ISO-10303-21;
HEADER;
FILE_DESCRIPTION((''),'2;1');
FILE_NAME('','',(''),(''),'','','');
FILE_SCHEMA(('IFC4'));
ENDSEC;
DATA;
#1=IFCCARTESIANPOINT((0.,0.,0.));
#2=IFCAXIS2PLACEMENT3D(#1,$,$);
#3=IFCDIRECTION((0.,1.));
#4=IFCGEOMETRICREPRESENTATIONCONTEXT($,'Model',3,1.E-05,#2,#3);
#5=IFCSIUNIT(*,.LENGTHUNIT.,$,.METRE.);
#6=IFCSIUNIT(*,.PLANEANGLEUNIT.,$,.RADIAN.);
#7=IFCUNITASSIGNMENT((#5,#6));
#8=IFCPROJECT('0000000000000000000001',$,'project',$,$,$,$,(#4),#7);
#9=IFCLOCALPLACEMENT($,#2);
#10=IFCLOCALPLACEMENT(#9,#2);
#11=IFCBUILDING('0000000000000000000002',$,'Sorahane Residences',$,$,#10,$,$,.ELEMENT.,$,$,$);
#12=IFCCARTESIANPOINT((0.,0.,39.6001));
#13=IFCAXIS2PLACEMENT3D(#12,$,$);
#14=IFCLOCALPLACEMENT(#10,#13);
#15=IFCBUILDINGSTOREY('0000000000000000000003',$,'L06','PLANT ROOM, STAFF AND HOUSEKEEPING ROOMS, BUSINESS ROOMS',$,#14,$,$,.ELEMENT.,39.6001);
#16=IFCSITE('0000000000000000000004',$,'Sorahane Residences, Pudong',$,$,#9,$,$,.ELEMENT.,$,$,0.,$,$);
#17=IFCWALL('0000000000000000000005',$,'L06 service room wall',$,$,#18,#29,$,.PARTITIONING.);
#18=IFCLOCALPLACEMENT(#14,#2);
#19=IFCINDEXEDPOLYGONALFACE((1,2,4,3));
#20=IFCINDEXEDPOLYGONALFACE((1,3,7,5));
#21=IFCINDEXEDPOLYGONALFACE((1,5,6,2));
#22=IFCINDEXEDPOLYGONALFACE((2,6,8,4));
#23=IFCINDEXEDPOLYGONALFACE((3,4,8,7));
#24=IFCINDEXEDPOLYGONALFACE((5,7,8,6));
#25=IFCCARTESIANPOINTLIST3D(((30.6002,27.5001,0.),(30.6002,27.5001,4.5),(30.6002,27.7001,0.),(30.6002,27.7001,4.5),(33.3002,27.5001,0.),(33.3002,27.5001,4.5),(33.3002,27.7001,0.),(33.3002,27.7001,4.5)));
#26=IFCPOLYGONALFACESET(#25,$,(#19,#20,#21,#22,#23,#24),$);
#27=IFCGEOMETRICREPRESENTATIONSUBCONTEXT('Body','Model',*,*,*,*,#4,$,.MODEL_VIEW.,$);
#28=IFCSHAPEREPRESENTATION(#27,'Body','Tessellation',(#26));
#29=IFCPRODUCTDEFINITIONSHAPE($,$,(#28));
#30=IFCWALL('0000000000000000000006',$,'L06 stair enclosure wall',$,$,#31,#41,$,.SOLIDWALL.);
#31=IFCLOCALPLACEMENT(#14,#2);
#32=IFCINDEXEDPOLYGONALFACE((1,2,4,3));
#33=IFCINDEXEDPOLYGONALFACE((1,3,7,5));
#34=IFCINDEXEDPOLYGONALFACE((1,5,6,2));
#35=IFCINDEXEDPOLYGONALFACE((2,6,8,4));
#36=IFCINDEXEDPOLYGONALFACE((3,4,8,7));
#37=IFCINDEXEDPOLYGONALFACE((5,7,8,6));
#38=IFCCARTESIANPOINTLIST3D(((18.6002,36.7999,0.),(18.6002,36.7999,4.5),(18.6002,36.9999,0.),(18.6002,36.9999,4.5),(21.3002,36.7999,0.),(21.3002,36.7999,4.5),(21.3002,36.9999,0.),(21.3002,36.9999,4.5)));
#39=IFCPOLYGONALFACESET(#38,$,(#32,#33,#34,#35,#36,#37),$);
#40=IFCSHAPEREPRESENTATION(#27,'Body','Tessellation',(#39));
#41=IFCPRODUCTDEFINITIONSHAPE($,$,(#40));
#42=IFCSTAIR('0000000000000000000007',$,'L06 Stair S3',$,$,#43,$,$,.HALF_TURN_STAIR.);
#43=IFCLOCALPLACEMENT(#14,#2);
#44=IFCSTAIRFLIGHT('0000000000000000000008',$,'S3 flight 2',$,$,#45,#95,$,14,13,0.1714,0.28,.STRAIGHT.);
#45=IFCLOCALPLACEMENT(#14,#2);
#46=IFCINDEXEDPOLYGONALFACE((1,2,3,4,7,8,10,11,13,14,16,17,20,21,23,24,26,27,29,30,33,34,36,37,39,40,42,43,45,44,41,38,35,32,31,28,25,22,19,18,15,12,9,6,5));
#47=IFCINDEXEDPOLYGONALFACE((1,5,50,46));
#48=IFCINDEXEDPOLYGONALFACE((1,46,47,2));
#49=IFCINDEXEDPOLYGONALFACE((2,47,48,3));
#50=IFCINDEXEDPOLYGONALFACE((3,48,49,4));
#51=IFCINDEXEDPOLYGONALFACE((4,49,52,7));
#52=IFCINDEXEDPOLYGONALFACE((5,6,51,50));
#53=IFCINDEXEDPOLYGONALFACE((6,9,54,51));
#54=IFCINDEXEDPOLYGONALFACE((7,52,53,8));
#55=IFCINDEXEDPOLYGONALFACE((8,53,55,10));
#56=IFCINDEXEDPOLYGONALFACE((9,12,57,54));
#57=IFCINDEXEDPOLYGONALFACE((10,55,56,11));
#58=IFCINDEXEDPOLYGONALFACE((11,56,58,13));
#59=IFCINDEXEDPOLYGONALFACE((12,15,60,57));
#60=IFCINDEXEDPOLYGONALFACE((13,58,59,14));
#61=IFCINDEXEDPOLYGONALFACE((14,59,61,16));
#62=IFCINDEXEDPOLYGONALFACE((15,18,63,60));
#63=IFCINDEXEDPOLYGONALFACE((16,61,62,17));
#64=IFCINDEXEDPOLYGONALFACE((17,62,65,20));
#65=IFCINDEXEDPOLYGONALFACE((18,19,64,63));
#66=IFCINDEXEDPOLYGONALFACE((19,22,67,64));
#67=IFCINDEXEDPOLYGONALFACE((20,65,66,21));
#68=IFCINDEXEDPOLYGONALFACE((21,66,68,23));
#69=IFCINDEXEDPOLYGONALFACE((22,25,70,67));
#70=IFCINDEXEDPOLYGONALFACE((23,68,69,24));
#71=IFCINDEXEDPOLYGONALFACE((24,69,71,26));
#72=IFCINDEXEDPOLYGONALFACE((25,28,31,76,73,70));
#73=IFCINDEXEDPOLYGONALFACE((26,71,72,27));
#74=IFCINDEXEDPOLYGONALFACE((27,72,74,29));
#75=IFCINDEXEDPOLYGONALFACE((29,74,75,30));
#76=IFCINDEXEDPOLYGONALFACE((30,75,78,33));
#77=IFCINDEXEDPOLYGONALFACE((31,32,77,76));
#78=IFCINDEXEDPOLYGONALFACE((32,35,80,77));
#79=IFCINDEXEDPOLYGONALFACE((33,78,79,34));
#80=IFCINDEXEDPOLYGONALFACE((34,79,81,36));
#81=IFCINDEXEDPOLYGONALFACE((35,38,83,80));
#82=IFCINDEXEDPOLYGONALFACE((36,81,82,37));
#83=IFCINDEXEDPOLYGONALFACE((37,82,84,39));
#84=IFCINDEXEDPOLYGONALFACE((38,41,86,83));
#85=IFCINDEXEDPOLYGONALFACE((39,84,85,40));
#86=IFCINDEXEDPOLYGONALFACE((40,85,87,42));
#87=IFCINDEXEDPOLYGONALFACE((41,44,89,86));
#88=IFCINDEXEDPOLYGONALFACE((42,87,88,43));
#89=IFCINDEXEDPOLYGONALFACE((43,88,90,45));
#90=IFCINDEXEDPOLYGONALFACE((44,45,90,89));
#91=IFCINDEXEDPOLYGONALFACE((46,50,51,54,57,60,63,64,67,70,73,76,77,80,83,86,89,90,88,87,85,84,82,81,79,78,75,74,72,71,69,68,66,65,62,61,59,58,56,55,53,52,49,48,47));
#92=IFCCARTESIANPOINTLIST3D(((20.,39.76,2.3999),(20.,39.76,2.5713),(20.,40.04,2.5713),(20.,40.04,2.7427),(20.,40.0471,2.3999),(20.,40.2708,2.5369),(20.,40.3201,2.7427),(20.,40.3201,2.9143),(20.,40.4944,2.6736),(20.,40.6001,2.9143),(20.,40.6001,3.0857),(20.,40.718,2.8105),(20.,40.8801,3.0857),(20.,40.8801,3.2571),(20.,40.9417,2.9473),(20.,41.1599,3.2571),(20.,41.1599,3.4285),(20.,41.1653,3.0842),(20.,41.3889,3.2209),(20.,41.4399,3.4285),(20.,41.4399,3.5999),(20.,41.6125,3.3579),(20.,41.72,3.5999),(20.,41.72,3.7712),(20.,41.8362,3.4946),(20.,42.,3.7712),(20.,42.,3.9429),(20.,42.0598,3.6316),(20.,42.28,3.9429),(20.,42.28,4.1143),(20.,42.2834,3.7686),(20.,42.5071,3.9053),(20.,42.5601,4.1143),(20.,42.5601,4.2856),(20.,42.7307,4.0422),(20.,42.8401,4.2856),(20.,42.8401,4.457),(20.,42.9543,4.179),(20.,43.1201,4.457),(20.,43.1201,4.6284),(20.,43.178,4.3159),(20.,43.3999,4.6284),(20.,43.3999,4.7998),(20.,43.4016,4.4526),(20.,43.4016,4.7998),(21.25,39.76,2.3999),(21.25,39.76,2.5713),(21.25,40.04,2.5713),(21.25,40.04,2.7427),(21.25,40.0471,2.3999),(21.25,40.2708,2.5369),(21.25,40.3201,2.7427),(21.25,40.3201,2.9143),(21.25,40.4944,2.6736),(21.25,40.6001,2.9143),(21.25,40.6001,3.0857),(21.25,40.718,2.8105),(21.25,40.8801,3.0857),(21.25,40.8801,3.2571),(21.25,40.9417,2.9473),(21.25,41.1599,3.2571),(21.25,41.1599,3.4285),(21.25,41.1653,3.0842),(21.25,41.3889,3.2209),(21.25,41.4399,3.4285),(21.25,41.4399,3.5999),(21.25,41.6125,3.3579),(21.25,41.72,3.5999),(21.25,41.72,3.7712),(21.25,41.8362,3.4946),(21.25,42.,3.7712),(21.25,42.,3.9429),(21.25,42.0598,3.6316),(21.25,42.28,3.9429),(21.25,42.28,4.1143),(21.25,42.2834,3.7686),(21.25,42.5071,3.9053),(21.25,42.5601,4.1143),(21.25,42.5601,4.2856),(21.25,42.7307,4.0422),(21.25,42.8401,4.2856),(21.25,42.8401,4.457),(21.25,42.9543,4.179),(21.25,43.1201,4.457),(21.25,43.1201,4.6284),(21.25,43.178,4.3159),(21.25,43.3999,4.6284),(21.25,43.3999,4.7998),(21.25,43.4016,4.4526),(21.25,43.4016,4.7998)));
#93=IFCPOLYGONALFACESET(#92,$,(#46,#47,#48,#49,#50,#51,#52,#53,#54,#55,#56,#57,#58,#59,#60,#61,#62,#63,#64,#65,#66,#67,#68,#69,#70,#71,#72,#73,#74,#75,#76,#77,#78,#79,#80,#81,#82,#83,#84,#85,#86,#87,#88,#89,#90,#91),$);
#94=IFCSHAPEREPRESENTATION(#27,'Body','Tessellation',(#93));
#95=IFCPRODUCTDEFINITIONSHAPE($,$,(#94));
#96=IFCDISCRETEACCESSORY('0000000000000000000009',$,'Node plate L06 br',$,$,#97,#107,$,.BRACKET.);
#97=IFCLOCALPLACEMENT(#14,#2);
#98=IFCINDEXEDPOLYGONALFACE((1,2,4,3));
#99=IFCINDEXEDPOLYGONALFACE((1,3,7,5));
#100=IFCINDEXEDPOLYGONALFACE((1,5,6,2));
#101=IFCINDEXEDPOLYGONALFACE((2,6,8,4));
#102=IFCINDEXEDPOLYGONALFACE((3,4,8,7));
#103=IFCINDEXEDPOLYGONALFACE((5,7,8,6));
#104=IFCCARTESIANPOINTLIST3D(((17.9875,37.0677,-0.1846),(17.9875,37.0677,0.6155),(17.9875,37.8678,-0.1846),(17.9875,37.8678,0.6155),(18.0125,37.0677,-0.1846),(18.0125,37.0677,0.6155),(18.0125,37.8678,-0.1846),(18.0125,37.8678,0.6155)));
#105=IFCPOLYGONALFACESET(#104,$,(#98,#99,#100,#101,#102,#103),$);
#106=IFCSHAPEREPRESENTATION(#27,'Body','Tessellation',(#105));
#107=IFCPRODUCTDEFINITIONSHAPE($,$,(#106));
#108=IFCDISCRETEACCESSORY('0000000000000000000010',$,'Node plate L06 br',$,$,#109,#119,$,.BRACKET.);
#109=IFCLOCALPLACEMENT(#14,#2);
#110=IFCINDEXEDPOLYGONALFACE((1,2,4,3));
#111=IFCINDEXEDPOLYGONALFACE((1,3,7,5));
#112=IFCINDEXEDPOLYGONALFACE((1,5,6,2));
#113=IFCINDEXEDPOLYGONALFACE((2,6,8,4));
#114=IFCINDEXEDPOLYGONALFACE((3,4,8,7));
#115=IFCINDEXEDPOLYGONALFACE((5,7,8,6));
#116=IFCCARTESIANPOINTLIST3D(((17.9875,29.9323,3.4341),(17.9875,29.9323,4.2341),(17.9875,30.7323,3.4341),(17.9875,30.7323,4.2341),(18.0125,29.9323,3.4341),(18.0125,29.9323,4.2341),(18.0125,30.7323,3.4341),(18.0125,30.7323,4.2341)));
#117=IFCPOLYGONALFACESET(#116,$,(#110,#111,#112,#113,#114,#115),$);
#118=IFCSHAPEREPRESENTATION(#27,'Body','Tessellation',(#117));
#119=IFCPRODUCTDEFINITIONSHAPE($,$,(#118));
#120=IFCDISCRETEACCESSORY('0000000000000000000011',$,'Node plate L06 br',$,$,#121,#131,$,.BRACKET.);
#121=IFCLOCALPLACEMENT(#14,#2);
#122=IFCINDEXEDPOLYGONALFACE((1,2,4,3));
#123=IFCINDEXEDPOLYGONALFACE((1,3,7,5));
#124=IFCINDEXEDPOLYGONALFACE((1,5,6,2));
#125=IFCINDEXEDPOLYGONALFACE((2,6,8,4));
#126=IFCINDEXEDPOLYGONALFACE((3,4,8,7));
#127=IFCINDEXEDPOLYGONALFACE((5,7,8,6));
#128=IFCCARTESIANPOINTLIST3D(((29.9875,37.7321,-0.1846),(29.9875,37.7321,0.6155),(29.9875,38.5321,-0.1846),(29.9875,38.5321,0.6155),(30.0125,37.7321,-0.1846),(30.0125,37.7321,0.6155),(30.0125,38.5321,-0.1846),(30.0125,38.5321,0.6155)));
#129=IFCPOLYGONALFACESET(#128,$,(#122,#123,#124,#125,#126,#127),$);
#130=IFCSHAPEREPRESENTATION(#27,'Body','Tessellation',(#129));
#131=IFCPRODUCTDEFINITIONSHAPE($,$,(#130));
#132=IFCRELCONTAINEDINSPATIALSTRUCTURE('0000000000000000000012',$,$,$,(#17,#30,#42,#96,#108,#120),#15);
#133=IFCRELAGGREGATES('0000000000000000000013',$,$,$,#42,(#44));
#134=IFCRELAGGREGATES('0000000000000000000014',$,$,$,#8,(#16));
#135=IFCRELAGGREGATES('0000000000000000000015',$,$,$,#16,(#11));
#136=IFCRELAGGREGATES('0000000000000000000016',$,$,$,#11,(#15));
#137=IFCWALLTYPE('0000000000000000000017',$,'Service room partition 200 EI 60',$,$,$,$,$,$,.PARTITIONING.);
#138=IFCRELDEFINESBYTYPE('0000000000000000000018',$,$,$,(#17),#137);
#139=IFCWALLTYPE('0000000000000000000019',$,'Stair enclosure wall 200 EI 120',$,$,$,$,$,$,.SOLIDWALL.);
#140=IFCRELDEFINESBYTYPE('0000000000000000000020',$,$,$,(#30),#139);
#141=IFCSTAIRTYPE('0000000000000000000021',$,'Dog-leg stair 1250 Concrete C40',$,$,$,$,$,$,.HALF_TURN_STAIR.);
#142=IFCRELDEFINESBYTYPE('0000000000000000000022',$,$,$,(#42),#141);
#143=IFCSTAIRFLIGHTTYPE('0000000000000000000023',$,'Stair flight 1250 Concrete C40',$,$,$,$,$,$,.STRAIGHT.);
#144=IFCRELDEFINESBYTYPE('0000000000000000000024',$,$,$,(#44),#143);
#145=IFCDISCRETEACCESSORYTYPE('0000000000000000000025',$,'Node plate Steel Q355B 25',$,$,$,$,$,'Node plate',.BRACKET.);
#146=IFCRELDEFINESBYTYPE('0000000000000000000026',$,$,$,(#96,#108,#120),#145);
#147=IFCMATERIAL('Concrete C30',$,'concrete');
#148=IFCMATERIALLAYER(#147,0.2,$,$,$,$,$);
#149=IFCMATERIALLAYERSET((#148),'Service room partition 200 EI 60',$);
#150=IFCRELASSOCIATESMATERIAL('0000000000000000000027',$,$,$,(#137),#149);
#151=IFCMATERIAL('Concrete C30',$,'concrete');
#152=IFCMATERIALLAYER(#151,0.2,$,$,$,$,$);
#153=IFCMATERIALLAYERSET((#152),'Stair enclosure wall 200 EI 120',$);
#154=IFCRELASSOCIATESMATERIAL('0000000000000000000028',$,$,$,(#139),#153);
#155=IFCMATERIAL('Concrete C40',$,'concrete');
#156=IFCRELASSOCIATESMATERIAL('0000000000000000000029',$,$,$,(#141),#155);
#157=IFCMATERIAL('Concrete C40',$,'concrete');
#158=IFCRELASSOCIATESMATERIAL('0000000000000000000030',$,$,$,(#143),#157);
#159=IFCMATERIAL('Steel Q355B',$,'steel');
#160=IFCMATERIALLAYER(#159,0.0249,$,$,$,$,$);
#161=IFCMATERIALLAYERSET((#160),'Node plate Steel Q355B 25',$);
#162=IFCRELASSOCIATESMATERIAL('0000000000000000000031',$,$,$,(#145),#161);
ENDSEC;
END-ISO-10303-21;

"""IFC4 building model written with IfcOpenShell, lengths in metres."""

from ifc_helpers import new_model, si_unit, direction, frame, frame_2d, origin, origin_2d, place, context, subcontext, project, spatial, polyline, rectangle, outline, extrude, material, layer, layer_set, type_object, element, aggregate, save


model = new_model("IFC4")

# Units and contexts
model_context = context("Model", 3, precision=1e-05, world=origin(), true_north=direction((0.0, 1.0)))
body_context = subcontext(model_context, "Body", "Model", "MODEL_VIEW")
ifc_project = project(units=[si_unit("LENGTHUNIT", "METRE"), si_unit("PLANEANGLEUNIT", "RADIAN")], contexts=[model_context])

# Site, building, storey
site_placement = place(None, origin())
site = spatial("IfcSite", under=ifc_project, at=site_placement, Name="Sorahane Residences, Pudong", CompositionType="ELEMENT", RefElevation=0.0)
building_placement = place(site_placement, origin())
building = spatial("IfcBuilding", under=site, at=building_placement, Name="Sorahane Residences", CompositionType="ELEMENT")
storey_placement = place(building_placement, frame((0.0, 0.0, 39.6001)))
storey = spatial("IfcBuildingStorey", under=building, at=storey_placement, Name="L06", Description="PLANT ROOM, STAFF AND HOUSEKEEPING ROOMS, BUSINESS ROOMS", CompositionType="ELEMENT", Elevation=39.6001)

# Walls
ifc_material_1 = material(Name="Concrete C30", Category="concrete")
ifc_layer_1 = layer(ifc_material_1, 0.2)
ifc_layer_set_1 = layer_set([ifc_layer_1], Name="Service room partition 200 EI 60")
wall_type_1 = type_object("IfcWallType", Name="Service room partition 200 EI 60", PredefinedType="PARTITIONING", material=ifc_layer_set_1)
wall_1_placement = place(storey_placement, frame((30.6001, 27.6001, 0.0), z_axis=(0.0, 0.0, 1.0), x_axis=(1.0, 0.0, 0.0)))
element("IfcWall", 1, at=wall_1_placement, inside=storey, type_object=wall_type_1, Name="L06 service room wall", PredefinedType="PARTITIONING", context=body_context, shape_type="SweptSolid", body=[
    extrude(rectangle(XDim=2.7, YDim=0.2, at=frame_2d((1.3501, 0.0))), origin(), (0.0, 0.0, 1.0), 4.5),
])
ifc_material_2 = material(Name="Concrete C30", Category="concrete")
ifc_layer_2 = layer(ifc_material_2, 0.2)
ifc_layer_set_2 = layer_set([ifc_layer_2], Name="Stair enclosure wall 200 EI 120")
wall_type_2 = type_object("IfcWallType", Name="Stair enclosure wall 200 EI 120", PredefinedType="SOLIDWALL", material=ifc_layer_set_2)
wall_2_placement = place(storey_placement, frame((18.6001, 36.8999, 0.0), z_axis=(0.0, 0.0, 1.0), x_axis=(1.0, 0.0, 0.0)))
element("IfcWall", 2, at=wall_2_placement, inside=storey, type_object=wall_type_2, Name="L06 stair enclosure wall", PredefinedType="SOLIDWALL", context=body_context, shape_type="SweptSolid", body=[
    extrude(rectangle(XDim=2.7, YDim=0.2, at=frame_2d((1.3501, 0.0))), origin(), (0.0, 0.0, 1.0), 4.5),
])

# Stair, stair flight
ifc_material_3 = material(Name="Concrete C40", Category="concrete")
stair_type = type_object("IfcStairType", Name="Dog-leg stair 1250 Concrete C40", PredefinedType="HALF_TURN_STAIR", material=ifc_material_3)
stair_placement = place(storey_placement, origin())
stair = element("IfcStair", 3, at=stair_placement, inside=storey, type_object=stair_type, Name="L06 Stair S3", PredefinedType="HALF_TURN_STAIR")
ifc_material_4 = material(Name="Concrete C40", Category="concrete")
stair_flight_type = type_object("IfcStairFlightType", Name="Stair flight 1250 Concrete C40", PredefinedType="STRAIGHT", material=ifc_material_4)
stair_flight_placement = place(storey_placement, frame((20.625, 39.76, 2.3999), z_axis=(0.0, 0.0, 1.0), x_axis=(0.0, 1.0, 0.0)))
stair_flight = element("IfcStairFlight", 4, at=stair_flight_placement, type_object=stair_flight_type, Name="S3 flight 2", NumberOfRisers=14, NumberOfTreads=13, PredefinedType="STRAIGHT", RiserHeight=0.1714, TreadLength=0.28, context=body_context, shape_type="SweptSolid", body=[
    extrude(outline(polyline([(0.0, 0.0), (0.0, 0.1714), (0.28, 0.1714), (0.28, 0.3428), (0.5601, 0.3428), (0.5601, 0.5144), (0.8401, 0.5144), (0.8401, 0.6858), (1.1201, 0.6858), (1.1201, 0.8572), (1.3999, 0.8572), (1.3999, 1.0286), (1.6799, 1.0286), (1.6799, 1.2), (1.96, 1.2), (1.96, 1.3713), (2.24, 1.3713), (2.24, 1.543), (2.52, 1.543), (2.52, 1.7144), (2.8, 1.7144), (2.8, 1.8857), (3.0801, 1.8857), (3.0801, 2.0571), (3.3601, 2.0571), (3.3601, 2.2285), (3.6399, 2.2285), (3.6399, 2.3999), (3.6416, 2.3999), (3.6416, 2.0527), (3.418, 1.916), (3.1943, 1.7791), (2.9707, 1.6423), (2.7471, 1.5054), (2.5234, 1.3687), (2.2998, 1.2317), (2.0762, 1.0947), (1.8525, 0.958), (1.6289, 0.821), (1.4053, 0.6843), (1.1816, 0.5474), (0.958, 0.4106), (0.7344, 0.2737), (0.5107, 0.137), (0.2871, 0.0), (0.0, 0.0)])), frame((0.0, 0.625, 0.0), z_axis=(0.0, -1.0, 0.0), x_axis=(1.0, 0.0, 0.0)), (0.0, 0.0, 1.0), 1.25),
])
aggregate(stair, [stair_flight])

# Discrete accessories
ifc_material_5 = material(Name="Steel Q355B", Category="steel")
ifc_layer_3 = layer(ifc_material_5, 0.0249)
ifc_layer_set_3 = layer_set([ifc_layer_3], Name="Node plate Steel Q355B 25")
discrete_accessory_type = type_object("IfcDiscreteAccessoryType", Name="Node plate Steel Q355B 25", ElementType="Node plate", PredefinedType="BRACKET", material=ifc_layer_set_3)
for number, where, z_axis, x_axis, name in (
    (5, (18.0, 37.4678, -0.1846), (0.0, 0.0, 1.0), (0.0, 1.0, 0.0), "Node plate L06 br"),
    (6, (18.0, 30.3323, 3.4341), (0.0, 0.0, 1.0), (0.0, 1.0, 0.0), "Node plate L06 br"),
    (7, (30.0, 38.1321, -0.1846), (0.0, 0.0, 1.0), (0.0, 1.0, 0.0), "Node plate L06 br"),
):
    element("IfcDiscreteAccessory", number, at=place(storey_placement, frame(where, z_axis=z_axis, x_axis=x_axis)), inside=storey, type_object=discrete_accessory_type, Name=name, PredefinedType="BRACKET", context=body_context, shape_type="SweptSolid", body=[
        extrude(rectangle(XDim=0.8, YDim=0.0249, at=origin_2d()), origin(), (0.0, 0.0, 1.0), 0.8),
    ])

save(model, "model.ifc")
